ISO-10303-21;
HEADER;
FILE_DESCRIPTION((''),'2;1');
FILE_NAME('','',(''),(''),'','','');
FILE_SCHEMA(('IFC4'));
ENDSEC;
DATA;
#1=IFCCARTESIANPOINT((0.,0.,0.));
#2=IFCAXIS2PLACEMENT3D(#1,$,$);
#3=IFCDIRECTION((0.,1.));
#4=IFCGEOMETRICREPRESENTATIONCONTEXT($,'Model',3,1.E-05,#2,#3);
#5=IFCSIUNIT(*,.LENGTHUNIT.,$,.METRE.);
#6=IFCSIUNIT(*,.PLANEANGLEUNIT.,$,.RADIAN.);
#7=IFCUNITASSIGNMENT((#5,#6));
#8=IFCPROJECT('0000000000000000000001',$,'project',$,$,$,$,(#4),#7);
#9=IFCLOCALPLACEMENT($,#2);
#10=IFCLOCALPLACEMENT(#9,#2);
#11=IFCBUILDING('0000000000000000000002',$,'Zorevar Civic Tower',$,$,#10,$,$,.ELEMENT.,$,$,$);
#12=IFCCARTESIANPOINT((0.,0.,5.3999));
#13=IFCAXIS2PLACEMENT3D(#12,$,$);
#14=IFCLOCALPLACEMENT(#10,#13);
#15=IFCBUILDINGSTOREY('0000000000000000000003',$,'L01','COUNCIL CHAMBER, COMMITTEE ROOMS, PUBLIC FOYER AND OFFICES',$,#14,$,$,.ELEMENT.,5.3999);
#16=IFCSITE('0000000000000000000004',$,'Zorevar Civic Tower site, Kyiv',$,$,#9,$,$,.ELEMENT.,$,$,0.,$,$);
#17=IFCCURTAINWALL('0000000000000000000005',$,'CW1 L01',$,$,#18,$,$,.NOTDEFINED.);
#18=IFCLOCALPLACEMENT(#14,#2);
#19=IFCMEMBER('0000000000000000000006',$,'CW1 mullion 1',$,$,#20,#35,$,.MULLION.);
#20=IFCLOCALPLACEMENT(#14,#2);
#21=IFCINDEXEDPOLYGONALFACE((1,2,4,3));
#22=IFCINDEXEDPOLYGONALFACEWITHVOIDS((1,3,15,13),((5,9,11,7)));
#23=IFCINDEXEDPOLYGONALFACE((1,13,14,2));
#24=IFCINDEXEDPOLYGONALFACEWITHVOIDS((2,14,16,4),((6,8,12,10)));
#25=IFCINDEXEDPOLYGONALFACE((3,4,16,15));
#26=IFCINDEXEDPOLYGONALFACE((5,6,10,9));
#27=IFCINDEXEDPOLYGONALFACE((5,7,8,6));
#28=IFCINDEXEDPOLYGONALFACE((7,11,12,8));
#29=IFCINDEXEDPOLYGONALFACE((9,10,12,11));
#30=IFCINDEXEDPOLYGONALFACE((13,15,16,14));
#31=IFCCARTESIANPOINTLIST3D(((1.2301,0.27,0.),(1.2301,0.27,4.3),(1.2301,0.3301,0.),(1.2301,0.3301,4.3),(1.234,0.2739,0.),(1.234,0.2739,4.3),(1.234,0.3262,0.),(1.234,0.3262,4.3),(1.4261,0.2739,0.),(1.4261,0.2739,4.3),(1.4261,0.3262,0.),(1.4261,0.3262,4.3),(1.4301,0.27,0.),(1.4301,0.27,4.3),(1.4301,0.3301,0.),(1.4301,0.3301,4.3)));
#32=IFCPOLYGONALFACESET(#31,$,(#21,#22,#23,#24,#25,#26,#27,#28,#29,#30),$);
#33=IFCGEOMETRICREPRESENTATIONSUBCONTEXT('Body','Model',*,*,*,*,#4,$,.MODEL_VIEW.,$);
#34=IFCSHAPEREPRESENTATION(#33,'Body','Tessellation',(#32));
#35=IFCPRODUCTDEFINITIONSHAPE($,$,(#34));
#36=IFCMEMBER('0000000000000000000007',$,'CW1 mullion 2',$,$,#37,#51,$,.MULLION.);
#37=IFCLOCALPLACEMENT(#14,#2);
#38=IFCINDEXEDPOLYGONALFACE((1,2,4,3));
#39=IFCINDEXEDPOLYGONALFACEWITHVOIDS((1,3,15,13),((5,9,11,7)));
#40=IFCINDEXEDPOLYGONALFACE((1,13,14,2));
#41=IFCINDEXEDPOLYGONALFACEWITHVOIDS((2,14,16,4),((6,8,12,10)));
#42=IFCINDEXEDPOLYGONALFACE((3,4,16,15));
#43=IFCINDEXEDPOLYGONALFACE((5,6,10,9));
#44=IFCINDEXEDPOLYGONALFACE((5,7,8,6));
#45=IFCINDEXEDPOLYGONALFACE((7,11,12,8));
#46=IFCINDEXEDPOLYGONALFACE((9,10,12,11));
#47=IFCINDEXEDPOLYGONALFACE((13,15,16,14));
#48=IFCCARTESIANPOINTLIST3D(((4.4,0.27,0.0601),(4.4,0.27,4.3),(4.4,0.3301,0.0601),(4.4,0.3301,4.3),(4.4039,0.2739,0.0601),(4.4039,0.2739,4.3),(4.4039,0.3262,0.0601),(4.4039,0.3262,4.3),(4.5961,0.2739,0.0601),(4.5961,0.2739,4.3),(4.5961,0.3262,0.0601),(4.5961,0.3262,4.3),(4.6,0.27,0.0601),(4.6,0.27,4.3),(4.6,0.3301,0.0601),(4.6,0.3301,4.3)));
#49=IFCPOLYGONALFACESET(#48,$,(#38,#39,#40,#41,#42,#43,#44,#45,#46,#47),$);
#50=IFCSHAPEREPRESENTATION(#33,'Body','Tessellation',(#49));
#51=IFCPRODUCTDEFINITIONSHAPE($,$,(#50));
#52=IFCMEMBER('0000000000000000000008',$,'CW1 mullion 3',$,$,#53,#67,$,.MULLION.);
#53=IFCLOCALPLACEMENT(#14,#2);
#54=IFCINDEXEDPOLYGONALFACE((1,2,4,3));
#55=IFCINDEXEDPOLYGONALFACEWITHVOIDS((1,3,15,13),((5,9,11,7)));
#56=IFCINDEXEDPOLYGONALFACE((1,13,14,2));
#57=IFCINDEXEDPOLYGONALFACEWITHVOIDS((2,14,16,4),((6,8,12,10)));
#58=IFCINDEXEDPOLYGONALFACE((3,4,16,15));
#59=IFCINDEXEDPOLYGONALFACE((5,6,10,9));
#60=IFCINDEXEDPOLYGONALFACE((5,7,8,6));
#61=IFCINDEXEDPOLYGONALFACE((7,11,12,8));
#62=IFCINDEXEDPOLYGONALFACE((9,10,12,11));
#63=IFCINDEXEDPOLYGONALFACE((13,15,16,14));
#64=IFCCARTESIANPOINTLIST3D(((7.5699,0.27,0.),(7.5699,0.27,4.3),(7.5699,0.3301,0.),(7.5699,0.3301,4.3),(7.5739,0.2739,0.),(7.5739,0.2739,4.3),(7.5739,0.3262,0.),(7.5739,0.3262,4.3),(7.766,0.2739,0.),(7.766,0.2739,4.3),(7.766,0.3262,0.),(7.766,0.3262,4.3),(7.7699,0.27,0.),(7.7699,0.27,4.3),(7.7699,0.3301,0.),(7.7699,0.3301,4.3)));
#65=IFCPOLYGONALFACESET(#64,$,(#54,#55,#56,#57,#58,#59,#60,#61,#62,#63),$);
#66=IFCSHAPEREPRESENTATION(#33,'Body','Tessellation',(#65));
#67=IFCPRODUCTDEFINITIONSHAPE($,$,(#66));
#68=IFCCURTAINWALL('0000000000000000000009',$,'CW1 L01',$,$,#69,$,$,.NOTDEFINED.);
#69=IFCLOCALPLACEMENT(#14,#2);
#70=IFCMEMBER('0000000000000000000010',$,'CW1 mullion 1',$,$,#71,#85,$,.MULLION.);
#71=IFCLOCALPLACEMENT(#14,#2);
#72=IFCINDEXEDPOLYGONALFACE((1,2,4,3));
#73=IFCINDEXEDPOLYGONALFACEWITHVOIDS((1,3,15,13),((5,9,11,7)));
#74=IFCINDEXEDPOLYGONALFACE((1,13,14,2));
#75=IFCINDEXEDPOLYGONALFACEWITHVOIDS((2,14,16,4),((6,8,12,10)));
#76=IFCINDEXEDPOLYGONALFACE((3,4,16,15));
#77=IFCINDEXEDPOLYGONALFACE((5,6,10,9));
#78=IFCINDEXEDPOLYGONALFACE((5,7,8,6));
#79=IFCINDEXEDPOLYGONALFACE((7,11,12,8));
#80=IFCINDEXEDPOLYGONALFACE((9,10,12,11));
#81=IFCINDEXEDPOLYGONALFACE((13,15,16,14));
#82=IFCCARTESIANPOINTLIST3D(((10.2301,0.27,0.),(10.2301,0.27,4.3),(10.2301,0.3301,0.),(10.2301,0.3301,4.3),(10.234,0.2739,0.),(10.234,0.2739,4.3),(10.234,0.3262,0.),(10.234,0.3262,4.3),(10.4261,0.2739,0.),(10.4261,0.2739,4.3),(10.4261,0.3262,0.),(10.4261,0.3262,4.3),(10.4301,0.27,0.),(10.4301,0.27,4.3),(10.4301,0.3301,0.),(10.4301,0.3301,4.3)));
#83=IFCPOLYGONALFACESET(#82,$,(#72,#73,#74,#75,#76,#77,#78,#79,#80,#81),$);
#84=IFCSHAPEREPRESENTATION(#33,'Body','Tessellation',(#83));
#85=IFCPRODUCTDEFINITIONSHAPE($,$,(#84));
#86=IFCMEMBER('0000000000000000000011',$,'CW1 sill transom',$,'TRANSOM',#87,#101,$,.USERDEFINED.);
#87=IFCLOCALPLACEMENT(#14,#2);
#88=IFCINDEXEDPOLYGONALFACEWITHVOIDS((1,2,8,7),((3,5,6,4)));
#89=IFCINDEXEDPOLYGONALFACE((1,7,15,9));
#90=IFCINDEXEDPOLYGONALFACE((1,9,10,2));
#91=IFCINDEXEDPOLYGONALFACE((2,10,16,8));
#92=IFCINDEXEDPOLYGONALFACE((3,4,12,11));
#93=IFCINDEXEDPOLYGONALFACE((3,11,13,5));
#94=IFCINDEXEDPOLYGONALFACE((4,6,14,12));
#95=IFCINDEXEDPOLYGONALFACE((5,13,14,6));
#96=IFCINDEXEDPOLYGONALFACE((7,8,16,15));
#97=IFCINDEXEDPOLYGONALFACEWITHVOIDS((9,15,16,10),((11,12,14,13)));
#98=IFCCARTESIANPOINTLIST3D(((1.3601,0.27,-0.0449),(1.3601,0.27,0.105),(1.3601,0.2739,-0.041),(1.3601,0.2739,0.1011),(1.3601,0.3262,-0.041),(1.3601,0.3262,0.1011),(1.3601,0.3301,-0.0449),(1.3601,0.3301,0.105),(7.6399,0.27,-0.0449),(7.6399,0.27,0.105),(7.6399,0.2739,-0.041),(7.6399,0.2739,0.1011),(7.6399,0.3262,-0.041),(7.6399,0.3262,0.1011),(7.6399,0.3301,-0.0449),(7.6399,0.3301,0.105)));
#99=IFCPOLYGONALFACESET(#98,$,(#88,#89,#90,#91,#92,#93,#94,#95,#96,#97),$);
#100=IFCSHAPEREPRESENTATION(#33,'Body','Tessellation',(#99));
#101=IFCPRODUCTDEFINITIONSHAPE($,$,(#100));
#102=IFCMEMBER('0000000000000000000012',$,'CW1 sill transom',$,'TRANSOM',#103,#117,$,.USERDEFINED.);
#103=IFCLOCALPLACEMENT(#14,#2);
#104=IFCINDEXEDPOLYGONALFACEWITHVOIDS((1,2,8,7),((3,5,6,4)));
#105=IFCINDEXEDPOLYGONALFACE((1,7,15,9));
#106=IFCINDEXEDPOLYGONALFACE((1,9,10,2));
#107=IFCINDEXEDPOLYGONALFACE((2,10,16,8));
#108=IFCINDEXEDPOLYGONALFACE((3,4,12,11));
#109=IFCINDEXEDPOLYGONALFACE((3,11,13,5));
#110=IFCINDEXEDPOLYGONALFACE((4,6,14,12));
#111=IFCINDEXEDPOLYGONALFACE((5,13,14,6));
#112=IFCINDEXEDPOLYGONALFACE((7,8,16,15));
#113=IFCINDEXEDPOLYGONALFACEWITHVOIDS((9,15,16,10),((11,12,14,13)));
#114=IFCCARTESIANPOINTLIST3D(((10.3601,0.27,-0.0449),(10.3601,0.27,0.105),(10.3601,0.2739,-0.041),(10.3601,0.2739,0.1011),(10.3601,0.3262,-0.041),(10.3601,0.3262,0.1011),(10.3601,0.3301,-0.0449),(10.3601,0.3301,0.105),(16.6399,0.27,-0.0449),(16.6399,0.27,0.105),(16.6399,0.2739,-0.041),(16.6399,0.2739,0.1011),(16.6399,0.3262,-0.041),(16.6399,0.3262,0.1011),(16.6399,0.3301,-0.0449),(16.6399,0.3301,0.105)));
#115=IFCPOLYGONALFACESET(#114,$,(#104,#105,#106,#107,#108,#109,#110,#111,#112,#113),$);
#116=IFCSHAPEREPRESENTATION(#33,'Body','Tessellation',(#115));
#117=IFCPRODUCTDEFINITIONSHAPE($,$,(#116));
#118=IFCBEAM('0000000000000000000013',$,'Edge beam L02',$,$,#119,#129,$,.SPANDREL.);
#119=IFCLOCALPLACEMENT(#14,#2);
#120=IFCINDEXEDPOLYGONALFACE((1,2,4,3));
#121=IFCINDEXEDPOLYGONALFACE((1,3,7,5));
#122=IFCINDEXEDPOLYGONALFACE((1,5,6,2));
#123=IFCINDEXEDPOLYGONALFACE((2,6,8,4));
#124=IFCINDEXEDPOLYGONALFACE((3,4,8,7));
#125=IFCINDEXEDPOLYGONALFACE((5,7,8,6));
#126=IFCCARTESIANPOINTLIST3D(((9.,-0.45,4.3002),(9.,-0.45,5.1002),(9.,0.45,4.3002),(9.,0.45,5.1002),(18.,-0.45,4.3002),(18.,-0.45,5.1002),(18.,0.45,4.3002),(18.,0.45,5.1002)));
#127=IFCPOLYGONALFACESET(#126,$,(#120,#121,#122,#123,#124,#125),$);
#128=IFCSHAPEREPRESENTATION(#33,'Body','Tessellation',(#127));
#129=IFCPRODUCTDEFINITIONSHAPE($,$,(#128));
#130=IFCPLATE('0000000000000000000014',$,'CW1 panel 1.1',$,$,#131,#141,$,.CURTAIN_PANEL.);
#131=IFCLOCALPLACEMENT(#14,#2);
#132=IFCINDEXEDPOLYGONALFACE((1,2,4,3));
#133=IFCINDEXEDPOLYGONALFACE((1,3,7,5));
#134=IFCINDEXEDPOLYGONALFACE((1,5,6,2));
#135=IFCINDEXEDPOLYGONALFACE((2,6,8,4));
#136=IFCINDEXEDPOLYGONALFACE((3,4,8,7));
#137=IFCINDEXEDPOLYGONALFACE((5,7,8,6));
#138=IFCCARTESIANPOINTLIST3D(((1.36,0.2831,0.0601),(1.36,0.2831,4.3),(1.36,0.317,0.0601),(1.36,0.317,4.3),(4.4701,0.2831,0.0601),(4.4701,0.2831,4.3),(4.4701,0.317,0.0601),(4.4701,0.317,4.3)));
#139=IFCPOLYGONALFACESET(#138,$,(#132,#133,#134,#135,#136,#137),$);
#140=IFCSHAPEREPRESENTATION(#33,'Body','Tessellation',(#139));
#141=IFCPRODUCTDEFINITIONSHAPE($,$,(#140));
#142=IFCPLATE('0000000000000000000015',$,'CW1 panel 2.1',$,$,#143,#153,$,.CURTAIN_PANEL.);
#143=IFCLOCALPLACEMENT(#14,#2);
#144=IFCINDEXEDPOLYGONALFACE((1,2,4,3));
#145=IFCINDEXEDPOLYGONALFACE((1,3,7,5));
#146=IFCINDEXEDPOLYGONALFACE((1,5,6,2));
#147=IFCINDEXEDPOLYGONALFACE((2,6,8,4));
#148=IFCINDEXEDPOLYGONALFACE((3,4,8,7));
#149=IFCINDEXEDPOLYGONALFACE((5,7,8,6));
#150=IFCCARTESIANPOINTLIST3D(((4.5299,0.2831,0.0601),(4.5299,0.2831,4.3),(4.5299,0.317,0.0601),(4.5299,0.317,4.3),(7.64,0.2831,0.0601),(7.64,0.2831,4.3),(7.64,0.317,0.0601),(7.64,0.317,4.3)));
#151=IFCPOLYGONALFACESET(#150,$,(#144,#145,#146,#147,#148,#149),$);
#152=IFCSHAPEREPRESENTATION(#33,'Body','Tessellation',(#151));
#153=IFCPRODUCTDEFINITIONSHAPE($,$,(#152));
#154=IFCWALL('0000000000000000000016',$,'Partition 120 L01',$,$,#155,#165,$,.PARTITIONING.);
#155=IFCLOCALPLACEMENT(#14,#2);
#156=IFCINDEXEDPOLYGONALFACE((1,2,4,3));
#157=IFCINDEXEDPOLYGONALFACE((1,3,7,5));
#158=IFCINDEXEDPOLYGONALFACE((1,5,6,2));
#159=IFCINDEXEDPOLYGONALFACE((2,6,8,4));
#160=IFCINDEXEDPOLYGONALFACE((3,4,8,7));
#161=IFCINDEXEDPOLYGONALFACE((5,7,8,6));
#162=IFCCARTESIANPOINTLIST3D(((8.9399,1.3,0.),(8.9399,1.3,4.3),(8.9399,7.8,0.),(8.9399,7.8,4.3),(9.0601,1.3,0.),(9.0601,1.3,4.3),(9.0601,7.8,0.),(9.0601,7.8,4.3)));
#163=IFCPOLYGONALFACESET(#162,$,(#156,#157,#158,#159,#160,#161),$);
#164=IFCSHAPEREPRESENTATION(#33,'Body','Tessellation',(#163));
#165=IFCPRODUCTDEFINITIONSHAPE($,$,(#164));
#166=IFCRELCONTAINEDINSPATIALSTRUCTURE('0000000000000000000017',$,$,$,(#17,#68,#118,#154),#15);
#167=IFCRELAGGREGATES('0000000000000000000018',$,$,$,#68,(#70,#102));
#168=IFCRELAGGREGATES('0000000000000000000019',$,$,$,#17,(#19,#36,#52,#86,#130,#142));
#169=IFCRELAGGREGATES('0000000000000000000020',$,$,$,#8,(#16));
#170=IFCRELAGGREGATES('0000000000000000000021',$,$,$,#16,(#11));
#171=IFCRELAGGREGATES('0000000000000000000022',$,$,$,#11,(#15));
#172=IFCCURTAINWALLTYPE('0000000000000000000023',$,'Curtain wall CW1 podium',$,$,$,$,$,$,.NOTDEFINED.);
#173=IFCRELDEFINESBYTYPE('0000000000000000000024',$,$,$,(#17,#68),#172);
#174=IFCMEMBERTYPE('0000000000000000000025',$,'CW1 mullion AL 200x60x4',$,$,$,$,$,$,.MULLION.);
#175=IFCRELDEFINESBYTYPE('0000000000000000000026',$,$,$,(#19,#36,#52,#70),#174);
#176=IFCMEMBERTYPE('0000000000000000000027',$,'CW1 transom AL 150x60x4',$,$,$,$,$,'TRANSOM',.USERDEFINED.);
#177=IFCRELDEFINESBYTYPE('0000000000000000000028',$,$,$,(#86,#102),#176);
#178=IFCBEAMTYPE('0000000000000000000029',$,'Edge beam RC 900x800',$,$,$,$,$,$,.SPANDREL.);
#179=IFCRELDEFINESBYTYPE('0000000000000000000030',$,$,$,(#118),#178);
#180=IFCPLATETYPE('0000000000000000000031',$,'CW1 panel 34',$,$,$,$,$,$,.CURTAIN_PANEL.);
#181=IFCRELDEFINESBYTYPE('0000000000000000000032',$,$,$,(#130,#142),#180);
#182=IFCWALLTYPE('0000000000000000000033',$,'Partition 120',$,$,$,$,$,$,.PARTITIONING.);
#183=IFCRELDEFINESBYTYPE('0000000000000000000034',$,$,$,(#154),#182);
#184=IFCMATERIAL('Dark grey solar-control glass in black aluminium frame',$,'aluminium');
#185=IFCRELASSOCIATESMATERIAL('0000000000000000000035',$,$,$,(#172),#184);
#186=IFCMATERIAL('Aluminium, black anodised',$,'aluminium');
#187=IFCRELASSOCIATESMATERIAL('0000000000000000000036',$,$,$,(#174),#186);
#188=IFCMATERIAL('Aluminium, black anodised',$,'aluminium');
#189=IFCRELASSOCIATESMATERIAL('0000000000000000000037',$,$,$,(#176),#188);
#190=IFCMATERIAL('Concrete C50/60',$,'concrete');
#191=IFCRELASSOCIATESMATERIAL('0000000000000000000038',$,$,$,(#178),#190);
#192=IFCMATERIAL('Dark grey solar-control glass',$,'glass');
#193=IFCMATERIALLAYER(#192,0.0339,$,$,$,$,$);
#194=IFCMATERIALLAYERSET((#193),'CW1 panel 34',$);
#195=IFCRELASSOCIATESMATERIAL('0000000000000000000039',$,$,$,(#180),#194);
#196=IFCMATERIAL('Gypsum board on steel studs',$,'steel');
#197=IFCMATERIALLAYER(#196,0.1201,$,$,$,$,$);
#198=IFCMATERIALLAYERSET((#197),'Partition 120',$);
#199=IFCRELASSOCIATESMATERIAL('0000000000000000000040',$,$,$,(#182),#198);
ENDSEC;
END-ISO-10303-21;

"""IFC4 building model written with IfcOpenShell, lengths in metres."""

from ifc_helpers import new_model, si_unit, direction, frame, frame_2d, origin, origin_2d, place, context, subcontext, project, spatial, rectangle, hollow_rectangle, extrude, material, layer, layer_set, material_profile, profile_set, type_object, element, aggregate, save


model = new_model("IFC4")

# Units and contexts
model_context = context("Model", 3, precision=1e-05, world=origin(), true_north=direction((0.0, 1.0)))
body_context = subcontext(model_context, "Body", "Model", "MODEL_VIEW")
ifc_project = project(units=[si_unit("LENGTHUNIT", "METRE"), si_unit("PLANEANGLEUNIT", "RADIAN")], contexts=[model_context])

# Site, building, storey
site_placement = place(None, origin())
site = spatial("IfcSite", under=ifc_project, at=site_placement, Name="Zorevar Civic Tower site, Kyiv", CompositionType="ELEMENT", RefElevation=0.0)
building_placement = place(site_placement, origin())
building = spatial("IfcBuilding", under=site, at=building_placement, Name="Zorevar Civic Tower", CompositionType="ELEMENT")
storey_placement = place(building_placement, frame((0.0, 0.0, 5.3999)))
storey = spatial("IfcBuildingStorey", under=building, at=storey_placement, Name="L01", Description="COUNCIL CHAMBER, COMMITTEE ROOMS, PUBLIC FOYER AND OFFICES", CompositionType="ELEMENT", Elevation=5.3999)

# Curtain wall, members
ifc_material_1 = material(Name="Dark grey solar-control glass in black aluminium frame", Category="aluminium")
curtain_wall_type = type_object("IfcCurtainWallType", Name="Curtain wall CW1 podium", PredefinedType="NOTDEFINED", material=ifc_material_1)
curtain_wall_1_placement = place(storey_placement, origin())
curtain_wall_1 = element("IfcCurtainWall", 1, at=curtain_wall_1_placement, inside=storey, type_object=curtain_wall_type, Name="CW1 L01", PredefinedType="NOTDEFINED")
ifc_material_2 = material(Name="Aluminium, black anodised", Category="aluminium")
ifc_material_profile_1 = material_profile(ifc_material_2, hollow_rectangle(XDim=0.0601, YDim=0.2, WallThickness=0.0039, at=origin_2d()), Name="AL 200x60x4")
ifc_profile_set_1 = profile_set([ifc_material_profile_1], Name="Aluminium, black anodised")
member_type_1 = type_object("IfcMemberType", Name="CW1 mullion AL 200x60x4", PredefinedType="MULLION", material=ifc_profile_set_1)
member_1_placement = place(storey_placement, frame((1.3301, 0.3, 0.0), z_axis=(0.0, 0.0, 1.0), x_axis=(0.0, 1.0, 0.0)))
member_1 = element("IfcMember", 2, at=member_1_placement, type_object=member_type_1, Name="CW1 mullion 1", PredefinedType="MULLION", context=body_context, shape_type="SweptSolid", body=[
    extrude(hollow_rectangle(XDim=0.0601, YDim=0.2, WallThickness=0.0039, at=origin_2d()), origin(), (0.0, 0.0, 1.0), 4.3),
])
member_2_placement = place(storey_placement, frame((4.5, 0.3, 0.0601), z_axis=(0.0, 0.0, 1.0), x_axis=(0.0, 1.0, 0.0)))
member_2 = element("IfcMember", 3, at=member_2_placement, type_object=member_type_1, Name="CW1 mullion 2", PredefinedType="MULLION", context=body_context, shape_type="SweptSolid", body=[
    extrude(hollow_rectangle(XDim=0.0601, YDim=0.2, WallThickness=0.0039, at=origin_2d()), origin(), (0.0, 0.0, 1.0), 4.24),
])
member_3_placement = place(storey_placement, frame((7.6699, 0.3, 0.0), z_axis=(0.0, 0.0, 1.0), x_axis=(0.0, 1.0, 0.0)))
member_3 = element("IfcMember", 4, at=member_3_placement, type_object=member_type_1, Name="CW1 mullion 3", PredefinedType="MULLION", context=body_context, shape_type="SweptSolid", body=[
    extrude(hollow_rectangle(XDim=0.0601, YDim=0.2, WallThickness=0.0039, at=origin_2d()), origin(), (0.0, 0.0, 1.0), 4.3),
])

# Curtain wall, member
curtain_wall_2_placement = place(storey_placement, origin())
curtain_wall_2 = element("IfcCurtainWall", 5, at=curtain_wall_2_placement, inside=storey, type_object=curtain_wall_type, Name="CW1 L01", PredefinedType="NOTDEFINED")
member_4_placement = place(storey_placement, frame((10.3301, 0.3, 0.0), z_axis=(0.0, 0.0, 1.0), x_axis=(0.0, 1.0, 0.0)))
member_4 = element("IfcMember", 6, at=member_4_placement, type_object=member_type_1, Name="CW1 mullion 1", PredefinedType="MULLION", context=body_context, shape_type="SweptSolid", body=[
    extrude(hollow_rectangle(XDim=0.0601, YDim=0.2, WallThickness=0.0039, at=origin_2d()), origin(), (0.0, 0.0, 1.0), 4.3),
])

# Members
ifc_material_3 = material(Name="Aluminium, black anodised", Category="aluminium")
ifc_material_profile_2 = material_profile(ifc_material_3, hollow_rectangle(XDim=0.0601, YDim=0.1499, WallThickness=0.0039, at=origin_2d()), Name="AL 150x60x4")
ifc_profile_set_2 = profile_set([ifc_material_profile_2], Name="Aluminium, black anodised")
member_type_2 = type_object("IfcMemberType", Name="CW1 transom AL 150x60x4", ElementType="TRANSOM", PredefinedType="USERDEFINED", material=ifc_profile_set_2)
member_5_placement = place(storey_placement, frame((1.3601, 0.3, 0.03), z_axis=(1.0, 0.0, 0.0), x_axis=(0.0, 1.0, 0.0)))
member_5 = element("IfcMember", 7, at=member_5_placement, type_object=member_type_2, Name="CW1 sill transom", ObjectType="TRANSOM", PredefinedType="USERDEFINED", context=body_context, shape_type="SweptSolid", body=[
    extrude(hollow_rectangle(XDim=0.0601, YDim=0.1499, WallThickness=0.0039, at=origin_2d()), origin(), (0.0, 0.0, 1.0), 6.2798),
])
member_6_placement = place(storey_placement, frame((10.3601, 0.3, 0.03), z_axis=(1.0, 0.0, 0.0), x_axis=(0.0, 1.0, 0.0)))
member_6 = element("IfcMember", 8, at=member_6_placement, type_object=member_type_2, Name="CW1 sill transom", ObjectType="TRANSOM", PredefinedType="USERDEFINED", context=body_context, shape_type="SweptSolid", body=[
    extrude(hollow_rectangle(XDim=0.0601, YDim=0.1499, WallThickness=0.0039, at=origin_2d()), origin(), (0.0, 0.0, 1.0), 6.2798),
])
aggregate(curtain_wall_2, [member_4, member_6])

# Beam
ifc_material_4 = material(Name="Concrete C50/60", Category="concrete")
ifc_material_profile_3 = material_profile(ifc_material_4, rectangle(XDim=0.8999, YDim=0.8, at=origin_2d()), Name="RC 900x800")
ifc_profile_set_3 = profile_set([ifc_material_profile_3], Name="Concrete C50/60")
beam_type_1 = type_object("IfcBeamType", Name="Edge beam RC 900x800", PredefinedType="SPANDREL", material=ifc_profile_set_3)
beam_1_placement = place(storey_placement, frame((9.0, 0.0, 4.7002), z_axis=(1.0, 0.0, 0.0), x_axis=(0.0, 1.0, 0.0)))
element("IfcBeam", 9, at=beam_1_placement, inside=storey, type_object=beam_type_1, Name="Edge beam L02", PredefinedType="SPANDREL", context=body_context, shape_type="SweptSolid", body=[
    extrude(rectangle(XDim=0.8999, YDim=0.8, at=origin_2d()), origin(), (0.0, 0.0, 1.0), 9.0),
])

# Plates
ifc_material_5 = material(Name="Dark grey solar-control glass", Category="glass")
ifc_layer_1 = layer(ifc_material_5, 0.0339)
ifc_layer_set_1 = layer_set([ifc_layer_1], Name="CW1 panel 34")
plate_type = type_object("IfcPlateType", Name="CW1 panel 34", PredefinedType="CURTAIN_PANEL", material=ifc_layer_set_1)
plate_1_placement = place(storey_placement, frame((2.915, 0.3, 0.0601), z_axis=(0.0, 0.0, 1.0), x_axis=(1.0, 0.0, 0.0)))
plate_1 = element("IfcPlate", 10, at=plate_1_placement, type_object=plate_type, Name="CW1 panel 1.1", PredefinedType="CURTAIN_PANEL", context=body_context, shape_type="SweptSolid", body=[
    extrude(rectangle(XDim=3.1101, YDim=0.0339, at=origin_2d()), origin(), (0.0, 0.0, 1.0), 4.24),
])
plate_2_placement = place(storey_placement, frame((6.085, 0.3, 0.0601), z_axis=(0.0, 0.0, 1.0), x_axis=(1.0, 0.0, 0.0)))
plate_2 = element("IfcPlate", 11, at=plate_2_placement, type_object=plate_type, Name="CW1 panel 2.1", PredefinedType="CURTAIN_PANEL", context=body_context, shape_type="SweptSolid", body=[
    extrude(rectangle(XDim=3.1101, YDim=0.0339, at=origin_2d()), origin(), (0.0, 0.0, 1.0), 4.24),
])
aggregate(curtain_wall_1, [member_1, member_2, member_3, member_5, plate_1, plate_2])

# Wall
ifc_material_6 = material(Name="Gypsum board on steel studs", Category="steel")
ifc_layer_2 = layer(ifc_material_6, 0.1201)
ifc_layer_set_2 = layer_set([ifc_layer_2], Name="Partition 120")
wall_type = type_object("IfcWallType", Name="Partition 120", PredefinedType="PARTITIONING", material=ifc_layer_set_2)
wall_1_placement = place(storey_placement, frame((9.0, 1.3, 0.0), z_axis=(0.0, 0.0, 1.0), x_axis=(0.0, 1.0, 0.0)))
element("IfcWall", 12, at=wall_1_placement, inside=storey, type_object=wall_type, Name="Partition 120 L01", PredefinedType="PARTITIONING", context=body_context, shape_type="SweptSolid", body=[
    extrude(rectangle(XDim=6.5, YDim=0.1201, at=frame_2d((3.25, 0.0))), origin(), (0.0, 0.0, 1.0), 4.3),
])

save(model, "model.ifc")
